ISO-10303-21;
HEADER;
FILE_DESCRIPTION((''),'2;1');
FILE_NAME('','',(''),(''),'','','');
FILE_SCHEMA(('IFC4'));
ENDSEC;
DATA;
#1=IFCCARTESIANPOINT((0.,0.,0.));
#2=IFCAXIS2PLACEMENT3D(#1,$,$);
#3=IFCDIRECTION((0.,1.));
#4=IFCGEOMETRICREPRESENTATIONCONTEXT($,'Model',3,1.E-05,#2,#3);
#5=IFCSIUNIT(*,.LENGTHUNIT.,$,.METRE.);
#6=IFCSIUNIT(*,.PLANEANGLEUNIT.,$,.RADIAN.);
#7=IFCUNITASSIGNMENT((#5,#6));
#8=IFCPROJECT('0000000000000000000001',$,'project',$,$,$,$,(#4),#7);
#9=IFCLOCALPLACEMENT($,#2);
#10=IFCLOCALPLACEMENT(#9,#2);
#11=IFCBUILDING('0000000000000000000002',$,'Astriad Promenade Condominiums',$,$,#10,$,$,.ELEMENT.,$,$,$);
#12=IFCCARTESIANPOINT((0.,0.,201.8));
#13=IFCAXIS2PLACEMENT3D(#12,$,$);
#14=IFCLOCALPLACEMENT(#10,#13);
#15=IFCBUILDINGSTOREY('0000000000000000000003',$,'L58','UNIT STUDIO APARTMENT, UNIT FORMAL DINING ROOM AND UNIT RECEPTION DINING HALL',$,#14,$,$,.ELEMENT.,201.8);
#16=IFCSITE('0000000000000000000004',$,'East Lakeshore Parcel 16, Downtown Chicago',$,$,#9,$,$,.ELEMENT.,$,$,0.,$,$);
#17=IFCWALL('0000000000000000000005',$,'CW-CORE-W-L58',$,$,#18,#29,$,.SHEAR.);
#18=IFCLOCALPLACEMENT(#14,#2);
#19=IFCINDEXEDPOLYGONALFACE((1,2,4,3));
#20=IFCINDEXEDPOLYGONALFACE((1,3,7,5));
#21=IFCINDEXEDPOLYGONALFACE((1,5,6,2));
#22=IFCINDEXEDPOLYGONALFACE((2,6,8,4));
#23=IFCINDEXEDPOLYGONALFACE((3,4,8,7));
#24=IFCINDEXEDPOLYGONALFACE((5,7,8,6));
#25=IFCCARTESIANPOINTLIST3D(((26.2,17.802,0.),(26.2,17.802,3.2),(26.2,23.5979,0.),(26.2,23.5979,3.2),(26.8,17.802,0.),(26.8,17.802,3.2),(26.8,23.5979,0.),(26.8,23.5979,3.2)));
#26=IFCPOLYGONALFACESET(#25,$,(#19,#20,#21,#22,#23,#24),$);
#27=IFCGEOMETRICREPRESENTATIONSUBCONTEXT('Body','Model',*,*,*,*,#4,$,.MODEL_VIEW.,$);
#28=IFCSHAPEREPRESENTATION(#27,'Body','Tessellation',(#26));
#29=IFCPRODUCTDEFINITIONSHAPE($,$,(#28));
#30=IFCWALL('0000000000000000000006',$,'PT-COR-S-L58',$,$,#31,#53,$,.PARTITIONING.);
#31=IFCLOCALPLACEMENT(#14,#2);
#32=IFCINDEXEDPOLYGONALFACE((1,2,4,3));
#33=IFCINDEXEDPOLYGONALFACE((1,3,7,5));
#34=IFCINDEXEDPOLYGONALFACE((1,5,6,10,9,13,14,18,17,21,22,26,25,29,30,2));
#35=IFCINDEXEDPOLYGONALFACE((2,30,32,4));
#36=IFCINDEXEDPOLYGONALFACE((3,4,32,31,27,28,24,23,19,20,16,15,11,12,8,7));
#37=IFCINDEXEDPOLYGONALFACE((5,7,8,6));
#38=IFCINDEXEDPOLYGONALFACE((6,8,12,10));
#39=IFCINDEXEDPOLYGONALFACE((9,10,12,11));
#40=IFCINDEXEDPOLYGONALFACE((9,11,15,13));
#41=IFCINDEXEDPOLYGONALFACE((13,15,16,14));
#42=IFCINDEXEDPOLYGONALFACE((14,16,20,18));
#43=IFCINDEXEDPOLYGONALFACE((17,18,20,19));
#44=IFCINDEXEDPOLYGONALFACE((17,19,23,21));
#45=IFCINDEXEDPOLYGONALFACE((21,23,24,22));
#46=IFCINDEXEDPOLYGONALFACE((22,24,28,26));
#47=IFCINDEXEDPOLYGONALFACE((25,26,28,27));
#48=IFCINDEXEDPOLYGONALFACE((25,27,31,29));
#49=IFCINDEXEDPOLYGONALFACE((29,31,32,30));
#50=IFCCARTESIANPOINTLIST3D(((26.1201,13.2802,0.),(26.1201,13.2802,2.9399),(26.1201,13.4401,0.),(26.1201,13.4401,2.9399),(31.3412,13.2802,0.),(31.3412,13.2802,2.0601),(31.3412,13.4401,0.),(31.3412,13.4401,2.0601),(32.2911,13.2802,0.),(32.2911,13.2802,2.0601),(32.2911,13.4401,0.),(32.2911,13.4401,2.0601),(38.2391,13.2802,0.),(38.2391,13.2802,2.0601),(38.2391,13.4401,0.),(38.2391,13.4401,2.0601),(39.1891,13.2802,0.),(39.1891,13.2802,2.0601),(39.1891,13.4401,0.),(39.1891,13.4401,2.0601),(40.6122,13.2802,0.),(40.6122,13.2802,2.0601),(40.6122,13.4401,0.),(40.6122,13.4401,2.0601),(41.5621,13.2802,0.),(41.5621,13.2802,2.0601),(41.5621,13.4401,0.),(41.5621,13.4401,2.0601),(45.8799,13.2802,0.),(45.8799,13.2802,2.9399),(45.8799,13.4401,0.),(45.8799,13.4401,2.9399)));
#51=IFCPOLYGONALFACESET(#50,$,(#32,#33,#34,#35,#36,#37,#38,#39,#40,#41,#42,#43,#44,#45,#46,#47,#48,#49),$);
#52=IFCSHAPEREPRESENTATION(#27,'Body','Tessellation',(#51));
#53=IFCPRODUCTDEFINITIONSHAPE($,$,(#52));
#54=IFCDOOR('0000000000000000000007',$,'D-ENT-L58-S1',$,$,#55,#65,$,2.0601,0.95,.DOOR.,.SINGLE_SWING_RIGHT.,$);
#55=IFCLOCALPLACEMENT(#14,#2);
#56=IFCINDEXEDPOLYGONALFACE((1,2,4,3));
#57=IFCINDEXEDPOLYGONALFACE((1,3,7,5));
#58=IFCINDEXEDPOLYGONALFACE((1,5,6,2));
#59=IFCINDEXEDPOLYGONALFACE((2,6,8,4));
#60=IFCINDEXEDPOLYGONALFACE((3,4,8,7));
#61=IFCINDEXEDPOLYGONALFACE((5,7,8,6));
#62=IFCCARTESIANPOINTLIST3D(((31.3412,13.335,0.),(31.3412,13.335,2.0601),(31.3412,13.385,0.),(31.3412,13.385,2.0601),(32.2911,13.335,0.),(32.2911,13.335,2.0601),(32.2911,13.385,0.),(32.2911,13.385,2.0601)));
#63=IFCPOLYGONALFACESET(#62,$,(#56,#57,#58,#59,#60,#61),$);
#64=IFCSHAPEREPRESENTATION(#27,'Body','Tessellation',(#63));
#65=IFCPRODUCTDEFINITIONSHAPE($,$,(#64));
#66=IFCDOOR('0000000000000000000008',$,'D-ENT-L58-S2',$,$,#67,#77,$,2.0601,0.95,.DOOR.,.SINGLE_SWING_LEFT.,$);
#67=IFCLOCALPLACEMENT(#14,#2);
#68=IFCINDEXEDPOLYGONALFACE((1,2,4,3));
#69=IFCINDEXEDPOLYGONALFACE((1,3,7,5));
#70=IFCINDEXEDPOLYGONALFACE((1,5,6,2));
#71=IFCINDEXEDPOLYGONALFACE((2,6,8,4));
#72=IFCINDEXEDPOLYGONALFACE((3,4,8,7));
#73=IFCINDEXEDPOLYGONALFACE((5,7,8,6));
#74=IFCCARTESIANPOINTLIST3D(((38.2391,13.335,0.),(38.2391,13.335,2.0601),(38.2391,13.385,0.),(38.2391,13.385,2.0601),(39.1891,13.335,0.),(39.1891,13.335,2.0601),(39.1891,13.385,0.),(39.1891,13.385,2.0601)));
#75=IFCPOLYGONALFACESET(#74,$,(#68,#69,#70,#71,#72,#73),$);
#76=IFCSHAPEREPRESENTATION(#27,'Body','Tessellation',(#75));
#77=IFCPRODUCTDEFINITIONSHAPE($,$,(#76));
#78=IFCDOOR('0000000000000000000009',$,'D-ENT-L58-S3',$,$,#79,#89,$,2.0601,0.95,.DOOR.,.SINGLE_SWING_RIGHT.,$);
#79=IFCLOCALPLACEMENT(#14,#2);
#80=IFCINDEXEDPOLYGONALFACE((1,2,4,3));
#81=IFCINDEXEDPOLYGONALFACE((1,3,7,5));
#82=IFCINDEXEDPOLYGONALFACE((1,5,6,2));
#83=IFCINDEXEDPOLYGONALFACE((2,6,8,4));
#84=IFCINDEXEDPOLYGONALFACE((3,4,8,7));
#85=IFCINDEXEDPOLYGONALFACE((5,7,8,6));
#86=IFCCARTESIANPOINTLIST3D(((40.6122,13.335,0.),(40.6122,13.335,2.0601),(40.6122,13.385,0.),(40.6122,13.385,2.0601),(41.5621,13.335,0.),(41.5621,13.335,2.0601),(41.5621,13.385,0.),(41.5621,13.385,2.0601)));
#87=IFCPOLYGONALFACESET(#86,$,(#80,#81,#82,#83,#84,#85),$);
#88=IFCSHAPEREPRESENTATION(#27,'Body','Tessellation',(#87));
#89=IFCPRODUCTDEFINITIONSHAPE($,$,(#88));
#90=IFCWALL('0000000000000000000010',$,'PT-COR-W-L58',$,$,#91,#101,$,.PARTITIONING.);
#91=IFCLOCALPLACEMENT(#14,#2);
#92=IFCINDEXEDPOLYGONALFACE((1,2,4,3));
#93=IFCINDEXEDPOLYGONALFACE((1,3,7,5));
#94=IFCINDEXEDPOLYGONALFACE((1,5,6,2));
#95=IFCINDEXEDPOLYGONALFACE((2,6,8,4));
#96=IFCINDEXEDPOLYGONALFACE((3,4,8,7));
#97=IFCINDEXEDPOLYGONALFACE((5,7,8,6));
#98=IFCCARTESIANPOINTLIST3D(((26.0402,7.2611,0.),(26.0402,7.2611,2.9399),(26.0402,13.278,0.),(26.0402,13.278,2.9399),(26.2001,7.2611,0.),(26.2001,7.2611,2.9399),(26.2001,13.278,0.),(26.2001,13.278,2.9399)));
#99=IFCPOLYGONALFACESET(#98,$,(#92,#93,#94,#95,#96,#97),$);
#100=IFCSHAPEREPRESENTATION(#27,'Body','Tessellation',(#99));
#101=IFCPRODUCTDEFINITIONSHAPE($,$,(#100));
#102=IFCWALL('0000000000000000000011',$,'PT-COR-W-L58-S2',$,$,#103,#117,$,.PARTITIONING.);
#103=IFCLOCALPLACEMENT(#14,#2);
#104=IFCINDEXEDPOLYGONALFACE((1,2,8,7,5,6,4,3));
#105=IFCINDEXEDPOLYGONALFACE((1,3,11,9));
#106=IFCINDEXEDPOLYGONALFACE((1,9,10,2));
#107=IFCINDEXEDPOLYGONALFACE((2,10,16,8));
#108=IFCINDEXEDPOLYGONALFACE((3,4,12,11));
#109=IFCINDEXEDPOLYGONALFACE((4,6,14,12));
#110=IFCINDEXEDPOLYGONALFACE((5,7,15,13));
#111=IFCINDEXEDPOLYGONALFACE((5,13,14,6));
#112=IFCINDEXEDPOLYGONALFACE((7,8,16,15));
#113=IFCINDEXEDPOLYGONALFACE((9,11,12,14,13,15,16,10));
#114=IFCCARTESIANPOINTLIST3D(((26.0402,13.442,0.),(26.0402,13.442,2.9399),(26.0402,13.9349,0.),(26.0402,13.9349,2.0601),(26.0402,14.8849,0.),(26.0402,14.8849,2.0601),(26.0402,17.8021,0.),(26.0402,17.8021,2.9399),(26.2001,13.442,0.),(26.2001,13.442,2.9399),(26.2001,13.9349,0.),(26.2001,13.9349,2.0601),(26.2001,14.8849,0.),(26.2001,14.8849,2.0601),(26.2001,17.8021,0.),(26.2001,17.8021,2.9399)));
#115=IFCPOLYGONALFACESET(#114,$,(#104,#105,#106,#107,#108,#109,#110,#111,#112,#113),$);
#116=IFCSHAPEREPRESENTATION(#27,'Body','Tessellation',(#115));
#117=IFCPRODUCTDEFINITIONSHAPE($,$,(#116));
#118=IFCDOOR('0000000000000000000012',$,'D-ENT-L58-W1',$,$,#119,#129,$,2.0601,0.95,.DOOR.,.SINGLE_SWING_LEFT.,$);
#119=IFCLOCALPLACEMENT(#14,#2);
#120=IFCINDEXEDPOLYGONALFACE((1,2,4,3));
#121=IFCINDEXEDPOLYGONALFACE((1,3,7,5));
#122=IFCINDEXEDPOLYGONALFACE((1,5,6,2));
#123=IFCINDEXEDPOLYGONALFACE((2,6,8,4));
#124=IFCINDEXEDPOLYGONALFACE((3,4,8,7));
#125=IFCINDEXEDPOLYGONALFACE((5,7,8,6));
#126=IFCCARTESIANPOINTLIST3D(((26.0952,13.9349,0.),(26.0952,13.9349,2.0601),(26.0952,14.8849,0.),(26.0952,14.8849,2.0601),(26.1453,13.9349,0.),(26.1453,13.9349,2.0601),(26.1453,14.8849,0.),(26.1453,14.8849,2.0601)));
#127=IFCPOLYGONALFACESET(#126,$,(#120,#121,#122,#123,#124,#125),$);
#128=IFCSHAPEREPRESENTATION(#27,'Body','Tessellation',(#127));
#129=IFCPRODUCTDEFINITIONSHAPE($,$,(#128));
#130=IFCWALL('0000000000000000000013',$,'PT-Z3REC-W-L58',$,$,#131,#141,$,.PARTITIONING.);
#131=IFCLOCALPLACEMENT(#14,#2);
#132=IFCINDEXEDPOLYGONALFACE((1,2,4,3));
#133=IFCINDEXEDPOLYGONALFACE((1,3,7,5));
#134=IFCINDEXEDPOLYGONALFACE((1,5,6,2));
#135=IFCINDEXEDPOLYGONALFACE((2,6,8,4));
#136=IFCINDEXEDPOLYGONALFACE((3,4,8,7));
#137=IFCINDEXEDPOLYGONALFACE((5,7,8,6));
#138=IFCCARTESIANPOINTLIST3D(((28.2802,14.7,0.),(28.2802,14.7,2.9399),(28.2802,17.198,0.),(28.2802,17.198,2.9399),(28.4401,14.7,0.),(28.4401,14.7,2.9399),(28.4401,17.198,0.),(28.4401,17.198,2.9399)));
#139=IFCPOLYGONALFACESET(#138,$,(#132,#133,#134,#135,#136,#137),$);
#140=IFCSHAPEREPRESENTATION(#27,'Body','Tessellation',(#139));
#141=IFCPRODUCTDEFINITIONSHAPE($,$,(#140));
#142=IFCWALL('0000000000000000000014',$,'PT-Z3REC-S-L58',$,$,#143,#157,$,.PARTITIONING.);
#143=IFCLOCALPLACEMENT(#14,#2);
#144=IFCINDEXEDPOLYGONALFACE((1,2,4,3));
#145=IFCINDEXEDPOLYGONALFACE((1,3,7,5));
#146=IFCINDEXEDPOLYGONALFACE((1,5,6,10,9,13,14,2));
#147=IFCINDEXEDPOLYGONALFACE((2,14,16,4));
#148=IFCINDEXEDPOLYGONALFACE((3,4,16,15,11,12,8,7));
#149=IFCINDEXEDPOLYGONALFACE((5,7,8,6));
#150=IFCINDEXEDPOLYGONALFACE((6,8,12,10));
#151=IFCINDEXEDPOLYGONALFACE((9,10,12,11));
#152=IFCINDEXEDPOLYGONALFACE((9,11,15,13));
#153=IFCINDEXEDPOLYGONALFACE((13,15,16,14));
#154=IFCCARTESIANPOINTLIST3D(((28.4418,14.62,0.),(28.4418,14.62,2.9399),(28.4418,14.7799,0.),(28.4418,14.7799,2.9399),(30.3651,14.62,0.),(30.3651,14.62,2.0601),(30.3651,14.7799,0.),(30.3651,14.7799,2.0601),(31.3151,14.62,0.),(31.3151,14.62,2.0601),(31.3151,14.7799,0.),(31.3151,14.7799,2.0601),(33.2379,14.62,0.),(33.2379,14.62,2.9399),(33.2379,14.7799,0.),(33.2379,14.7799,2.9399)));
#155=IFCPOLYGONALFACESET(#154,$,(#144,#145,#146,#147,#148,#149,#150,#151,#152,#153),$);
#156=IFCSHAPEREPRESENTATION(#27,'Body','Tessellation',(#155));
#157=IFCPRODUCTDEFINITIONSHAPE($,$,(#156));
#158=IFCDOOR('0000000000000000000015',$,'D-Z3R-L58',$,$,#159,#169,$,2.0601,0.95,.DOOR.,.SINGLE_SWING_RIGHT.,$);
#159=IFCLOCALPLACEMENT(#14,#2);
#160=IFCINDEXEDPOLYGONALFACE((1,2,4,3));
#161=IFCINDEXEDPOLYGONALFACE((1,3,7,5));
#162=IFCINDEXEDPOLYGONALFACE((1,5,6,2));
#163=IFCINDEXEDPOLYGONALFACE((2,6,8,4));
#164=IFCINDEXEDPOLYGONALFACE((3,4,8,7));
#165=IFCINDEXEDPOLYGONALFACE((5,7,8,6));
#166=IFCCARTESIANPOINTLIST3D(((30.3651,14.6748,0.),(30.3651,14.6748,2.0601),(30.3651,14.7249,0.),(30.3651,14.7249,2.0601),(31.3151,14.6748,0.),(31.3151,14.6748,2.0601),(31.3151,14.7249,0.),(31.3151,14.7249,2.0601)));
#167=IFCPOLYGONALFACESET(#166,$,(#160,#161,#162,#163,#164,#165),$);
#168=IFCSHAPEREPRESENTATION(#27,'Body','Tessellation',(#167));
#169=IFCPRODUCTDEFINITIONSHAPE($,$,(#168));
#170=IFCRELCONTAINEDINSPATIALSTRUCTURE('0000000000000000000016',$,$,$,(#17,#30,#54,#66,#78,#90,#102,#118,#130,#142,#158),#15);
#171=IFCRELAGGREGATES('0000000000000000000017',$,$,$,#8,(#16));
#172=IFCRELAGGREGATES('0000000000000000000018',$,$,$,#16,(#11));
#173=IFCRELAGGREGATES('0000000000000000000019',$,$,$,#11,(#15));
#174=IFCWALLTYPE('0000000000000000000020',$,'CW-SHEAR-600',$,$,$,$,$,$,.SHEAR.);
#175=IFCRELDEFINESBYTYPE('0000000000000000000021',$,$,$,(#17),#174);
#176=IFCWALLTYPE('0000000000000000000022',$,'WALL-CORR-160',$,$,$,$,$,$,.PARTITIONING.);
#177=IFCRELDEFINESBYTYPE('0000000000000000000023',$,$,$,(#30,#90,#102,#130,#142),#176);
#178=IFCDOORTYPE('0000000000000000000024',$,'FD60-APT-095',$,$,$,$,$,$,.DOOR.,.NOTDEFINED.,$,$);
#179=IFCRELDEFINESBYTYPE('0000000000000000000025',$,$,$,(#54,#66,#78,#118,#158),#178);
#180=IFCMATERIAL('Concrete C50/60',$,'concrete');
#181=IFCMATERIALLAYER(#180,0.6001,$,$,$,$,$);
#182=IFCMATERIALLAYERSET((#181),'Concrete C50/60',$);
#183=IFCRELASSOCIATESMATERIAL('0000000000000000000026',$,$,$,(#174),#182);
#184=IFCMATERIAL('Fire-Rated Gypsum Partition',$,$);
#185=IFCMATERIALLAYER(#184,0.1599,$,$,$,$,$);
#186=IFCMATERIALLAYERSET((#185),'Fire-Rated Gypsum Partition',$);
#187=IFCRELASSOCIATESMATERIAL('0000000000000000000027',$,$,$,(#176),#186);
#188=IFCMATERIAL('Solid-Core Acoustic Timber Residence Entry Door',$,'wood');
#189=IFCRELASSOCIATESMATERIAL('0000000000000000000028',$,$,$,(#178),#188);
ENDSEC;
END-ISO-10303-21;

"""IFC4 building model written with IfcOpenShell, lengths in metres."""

from ifc_helpers import new_model, si_unit, direction, frame, frame_2d, origin, place, context, subcontext, project, spatial, rectangle, extrude, source, transform, mapped, material, layer, layer_set, type_object, type_shapes, element, fill, save


model = new_model("IFC4")

# Units and contexts
model_context = context("Model", 3, precision=1e-05, world=origin(), true_north=direction((0.0, 1.0)))
body_context = subcontext(model_context, "Body", "Model", "MODEL_VIEW")
ifc_project = project(units=[si_unit("LENGTHUNIT", "METRE"), si_unit("PLANEANGLEUNIT", "RADIAN")], contexts=[model_context])

# Site, building, storey
site_placement = place(None, origin())
site = spatial("IfcSite", under=ifc_project, at=site_placement, Name="East Lakeshore Parcel 16, Downtown Chicago", CompositionType="ELEMENT", RefElevation=0.0)
building_placement = place(site_placement, origin())
building = spatial("IfcBuilding", under=site, at=building_placement, Name="Astriad Promenade Condominiums", CompositionType="ELEMENT")
storey_placement = place(building_placement, frame((0.0, 0.0, 201.8)))
storey = spatial("IfcBuildingStorey", under=building, at=storey_placement, Name="L58", Description="UNIT STUDIO APARTMENT, UNIT FORMAL DINING ROOM AND UNIT RECEPTION DINING HALL", CompositionType="ELEMENT", Elevation=201.8)

# Shared definitions
ifc_material_1 = material(Name="Concrete C50/60", Category="concrete")

# Shared definitions
ifc_layer_1 = layer(ifc_material_1, 0.6001)
ifc_layer_set_1 = layer_set([ifc_layer_1], Name="Concrete C50/60")
wall_type_1 = type_object("IfcWallType", Name="CW-SHEAR-600", PredefinedType="SHEAR", material=ifc_layer_set_1)

# Wall
wall_1_placement = place(storey_placement, frame((26.5, 17.802, 0.0), z_axis=(0.0, 0.0, 1.0), x_axis=(0.0, 1.0, 0.0)))
element("IfcWall", 1, at=wall_1_placement, inside=storey, type_object=wall_type_1, Name="CW-CORE-W-L58", PredefinedType="SHEAR", context=body_context, shape_type="SweptSolid", body=[
    extrude(rectangle(XDim=5.7959, YDim=0.6001, at=frame_2d((2.8979, 0.0))), origin(), (0.0, 0.0, 1.0), 3.2),
])

# Wall, openings, doors
ifc_material_2 = material(Name="Fire-Rated Gypsum Partition")
ifc_layer_2 = layer(ifc_material_2, 0.1599)
ifc_layer_set_2 = layer_set([ifc_layer_2], Name="Fire-Rated Gypsum Partition")
wall_type_2 = type_object("IfcWallType", Name="WALL-CORR-160", PredefinedType="PARTITIONING", material=ifc_layer_set_2)
wall_2_placement = place(storey_placement, frame((26.1201, 13.3601, 0.0), z_axis=(0.0, 0.0, 1.0), x_axis=(1.0, 0.0, 0.0)))
wall_2 = element("IfcWall", 2, at=wall_2_placement, inside=storey, type_object=wall_type_2, Name="PT-COR-S-L58", PredefinedType="PARTITIONING", context=body_context, shape_type="SweptSolid", body=[
    extrude(rectangle(XDim=19.7598, YDim=0.1599, at=frame_2d((9.8799, 0.0))), origin(), (0.0, 0.0, 1.0), 2.9399),
])
opening_1_placement = place(wall_2_placement, frame((5.2209, 0.0, 0.0)))
opening_1 = element("IfcOpeningElement", 3, at=opening_1_placement, cuts=wall_2, PredefinedType="OPENING", context=body_context, shape_type="SweptSolid", body=[
    extrude(rectangle(XDim=0.95, YDim=2.0601, at=frame_2d((0.4751, 1.03))), frame((0.0, 0.0898, 0.0), z_axis=(0.0, -1.0, 0.0), x_axis=(1.0, 0.0, 0.0)), (0.0, 0.0, 1.0), 0.1799),
])
opening_2_placement = place(wall_2_placement, frame((12.1189, 0.0, 0.0)))
opening_2 = element("IfcOpeningElement", 4, at=opening_2_placement, cuts=wall_2, PredefinedType="OPENING", context=body_context, shape_type="SweptSolid", body=[
    extrude(rectangle(XDim=0.95, YDim=2.0601, at=frame_2d((0.4751, 1.03))), frame((0.0, 0.0898, 0.0), z_axis=(0.0, -1.0, 0.0), x_axis=(1.0, 0.0, 0.0)), (0.0, 0.0, 1.0), 0.1799),
])
opening_3_placement = place(wall_2_placement, frame((14.4919, 0.0, 0.0)))
opening_3 = element("IfcOpeningElement", 5, at=opening_3_placement, cuts=wall_2, PredefinedType="OPENING", context=body_context, shape_type="SweptSolid", body=[
    extrude(rectangle(XDim=0.95, YDim=2.0601, at=frame_2d((0.4751, 1.03))), frame((0.0, 0.0898, 0.0), z_axis=(0.0, -1.0, 0.0), x_axis=(1.0, 0.0, 0.0)), (0.0, 0.0, 1.0), 0.1799),
])
ifc_material_3 = material(Name="Solid-Core Acoustic Timber Residence Entry Door", Category="wood")
door_type_1 = type_object("IfcDoorType", Name="FD60-APT-095", OperationType="NOTDEFINED", PredefinedType="DOOR", material=ifc_material_3)
shared_shape_1 = source(origin(), body_context, "Body", "SweptSolid", [
    extrude(rectangle(XDim=0.95, YDim=2.0601, at=frame_2d((0.4751, 1.03))), frame((0.0, 0.0249, 0.0), z_axis=(0.0, -1.0, 0.0), x_axis=(1.0, 0.0, 0.0)), (0.0, 0.0, 1.0), 0.05),
])
type_shapes(door_type_1, [shared_shape_1])
door_1_placement = place(opening_1_placement, origin())
door_1 = element("IfcDoor", 6, at=door_1_placement, inside=storey, type_object=door_type_1, Name="D-ENT-L58-S1", OperationType="SINGLE_SWING_RIGHT", OverallHeight=2.0601, OverallWidth=0.95, PredefinedType="DOOR", context=body_context, shape_type="MappedRepresentation", body=[
    mapped(shared_shape_1, transform((0.0, 0.0, 0.0), scale=1.0)),
])
fill(opening_1, door_1)
door_2_placement = place(opening_2_placement, origin())
door_2 = element("IfcDoor", 7, at=door_2_placement, inside=storey, type_object=door_type_1, Name="D-ENT-L58-S2", OperationType="SINGLE_SWING_LEFT", OverallHeight=2.0601, OverallWidth=0.95, PredefinedType="DOOR", context=body_context, shape_type="MappedRepresentation", body=[
    mapped(shared_shape_1, transform((0.0, 0.0, 0.0), scale=1.0)),
])
fill(opening_2, door_2)
door_3_placement = place(opening_3_placement, origin())
door_3 = element("IfcDoor", 8, at=door_3_placement, inside=storey, type_object=door_type_1, Name="D-ENT-L58-S3", OperationType="SINGLE_SWING_RIGHT", OverallHeight=2.0601, OverallWidth=0.95, PredefinedType="DOOR", context=body_context, shape_type="MappedRepresentation", body=[
    mapped(shared_shape_1, transform((0.0, 0.0, 0.0), scale=1.0)),
])
fill(opening_3, door_3)

# Wall
wall_3_placement = place(storey_placement, frame((26.1201, 7.2612, 0.0), z_axis=(0.0, 0.0, 1.0), x_axis=(0.0, 1.0, 0.0)))
element("IfcWall", 9, at=wall_3_placement, inside=storey, type_object=wall_type_2, Name="PT-COR-W-L58", PredefinedType="PARTITIONING", context=body_context, shape_type="SweptSolid", body=[
    extrude(rectangle(XDim=6.0168, YDim=0.1599, at=frame_2d((3.0083, 0.0))), origin(), (0.0, 0.0, 1.0), 2.9399),
])

# Wall, opening, door
wall_4_placement = place(storey_placement, frame((26.1201, 13.4419, 0.0), z_axis=(0.0, 0.0, 1.0), x_axis=(0.0, 1.0, 0.0)))
wall_4 = element("IfcWall", 10, at=wall_4_placement, inside=storey, type_object=wall_type_2, Name="PT-COR-W-L58-S2", PredefinedType="PARTITIONING", context=body_context, shape_type="SweptSolid", body=[
    extrude(rectangle(XDim=4.3601, YDim=0.1599, at=frame_2d((2.1802, 0.0))), origin(), (0.0, 0.0, 1.0), 2.9399),
])
opening_4_placement = place(wall_4_placement, frame((0.4929, 0.0, 0.0)))
opening_4 = element("IfcOpeningElement", 11, at=opening_4_placement, cuts=wall_4, PredefinedType="OPENING", context=body_context, shape_type="SweptSolid", body=[
    extrude(rectangle(XDim=0.95, YDim=2.0601, at=frame_2d((0.4751, 1.03))), frame((0.0, 0.0898, 0.0), z_axis=(0.0, -1.0, 0.0), x_axis=(1.0, 0.0, 0.0)), (0.0, 0.0, 1.0), 0.1799),
])
door_4_placement = place(opening_4_placement, origin())
door_4 = element("IfcDoor", 12, at=door_4_placement, inside=storey, type_object=door_type_1, Name="D-ENT-L58-W1", OperationType="SINGLE_SWING_LEFT", OverallHeight=2.0601, OverallWidth=0.95, PredefinedType="DOOR", context=body_context, shape_type="MappedRepresentation", body=[
    mapped(shared_shape_1, transform((0.0, 0.0, 0.0), scale=1.0)),
])
fill(opening_4, door_4)

# Wall
wall_5_placement = place(storey_placement, frame((28.3601, 14.7, 0.0), z_axis=(0.0, 0.0, 1.0), x_axis=(0.0, 1.0, 0.0)))
element("IfcWall", 13, at=wall_5_placement, inside=storey, type_object=wall_type_2, Name="PT-Z3REC-W-L58", PredefinedType="PARTITIONING", context=body_context, shape_type="SweptSolid", body=[
    extrude(rectangle(XDim=2.498, YDim=0.1599, at=frame_2d((1.249, 0.0))), origin(), (0.0, 0.0, 1.0), 2.9399),
])

# Wall, opening, door
wall_6_placement = place(storey_placement, frame((28.4419, 14.7, 0.0), z_axis=(0.0, 0.0, 1.0), x_axis=(1.0, 0.0, 0.0)))
wall_6 = element("IfcWall", 14, at=wall_6_placement, inside=storey, type_object=wall_type_2, Name="PT-Z3REC-S-L58", PredefinedType="PARTITIONING", context=body_context, shape_type="SweptSolid", body=[
    extrude(rectangle(XDim=4.7961, YDim=0.1599, at=frame_2d((2.3979, 0.0))), origin(), (0.0, 0.0, 1.0), 2.9399),
])
opening_5_placement = place(wall_6_placement, frame((1.9231, 0.0, 0.0)))
opening_5 = element("IfcOpeningElement", 15, at=opening_5_placement, cuts=wall_6, PredefinedType="OPENING", context=body_context, shape_type="SweptSolid", body=[
    extrude(rectangle(XDim=0.95, YDim=2.0601, at=frame_2d((0.4751, 1.03))), frame((0.0, 0.0898, 0.0), z_axis=(0.0, -1.0, 0.0), x_axis=(1.0, 0.0, 0.0)), (0.0, 0.0, 1.0), 0.1799),
])
door_5_placement = place(opening_5_placement, origin())
door_5 = element("IfcDoor", 16, at=door_5_placement, inside=storey, type_object=door_type_1, Name="D-Z3R-L58", OperationType="SINGLE_SWING_RIGHT", OverallHeight=2.0601, OverallWidth=0.95, PredefinedType="DOOR", context=body_context, shape_type="MappedRepresentation", body=[
    mapped(shared_shape_1, transform((0.0, 0.0, 0.0), scale=1.0)),
])
fill(opening_5, door_5)

save(model, "model.ifc")
